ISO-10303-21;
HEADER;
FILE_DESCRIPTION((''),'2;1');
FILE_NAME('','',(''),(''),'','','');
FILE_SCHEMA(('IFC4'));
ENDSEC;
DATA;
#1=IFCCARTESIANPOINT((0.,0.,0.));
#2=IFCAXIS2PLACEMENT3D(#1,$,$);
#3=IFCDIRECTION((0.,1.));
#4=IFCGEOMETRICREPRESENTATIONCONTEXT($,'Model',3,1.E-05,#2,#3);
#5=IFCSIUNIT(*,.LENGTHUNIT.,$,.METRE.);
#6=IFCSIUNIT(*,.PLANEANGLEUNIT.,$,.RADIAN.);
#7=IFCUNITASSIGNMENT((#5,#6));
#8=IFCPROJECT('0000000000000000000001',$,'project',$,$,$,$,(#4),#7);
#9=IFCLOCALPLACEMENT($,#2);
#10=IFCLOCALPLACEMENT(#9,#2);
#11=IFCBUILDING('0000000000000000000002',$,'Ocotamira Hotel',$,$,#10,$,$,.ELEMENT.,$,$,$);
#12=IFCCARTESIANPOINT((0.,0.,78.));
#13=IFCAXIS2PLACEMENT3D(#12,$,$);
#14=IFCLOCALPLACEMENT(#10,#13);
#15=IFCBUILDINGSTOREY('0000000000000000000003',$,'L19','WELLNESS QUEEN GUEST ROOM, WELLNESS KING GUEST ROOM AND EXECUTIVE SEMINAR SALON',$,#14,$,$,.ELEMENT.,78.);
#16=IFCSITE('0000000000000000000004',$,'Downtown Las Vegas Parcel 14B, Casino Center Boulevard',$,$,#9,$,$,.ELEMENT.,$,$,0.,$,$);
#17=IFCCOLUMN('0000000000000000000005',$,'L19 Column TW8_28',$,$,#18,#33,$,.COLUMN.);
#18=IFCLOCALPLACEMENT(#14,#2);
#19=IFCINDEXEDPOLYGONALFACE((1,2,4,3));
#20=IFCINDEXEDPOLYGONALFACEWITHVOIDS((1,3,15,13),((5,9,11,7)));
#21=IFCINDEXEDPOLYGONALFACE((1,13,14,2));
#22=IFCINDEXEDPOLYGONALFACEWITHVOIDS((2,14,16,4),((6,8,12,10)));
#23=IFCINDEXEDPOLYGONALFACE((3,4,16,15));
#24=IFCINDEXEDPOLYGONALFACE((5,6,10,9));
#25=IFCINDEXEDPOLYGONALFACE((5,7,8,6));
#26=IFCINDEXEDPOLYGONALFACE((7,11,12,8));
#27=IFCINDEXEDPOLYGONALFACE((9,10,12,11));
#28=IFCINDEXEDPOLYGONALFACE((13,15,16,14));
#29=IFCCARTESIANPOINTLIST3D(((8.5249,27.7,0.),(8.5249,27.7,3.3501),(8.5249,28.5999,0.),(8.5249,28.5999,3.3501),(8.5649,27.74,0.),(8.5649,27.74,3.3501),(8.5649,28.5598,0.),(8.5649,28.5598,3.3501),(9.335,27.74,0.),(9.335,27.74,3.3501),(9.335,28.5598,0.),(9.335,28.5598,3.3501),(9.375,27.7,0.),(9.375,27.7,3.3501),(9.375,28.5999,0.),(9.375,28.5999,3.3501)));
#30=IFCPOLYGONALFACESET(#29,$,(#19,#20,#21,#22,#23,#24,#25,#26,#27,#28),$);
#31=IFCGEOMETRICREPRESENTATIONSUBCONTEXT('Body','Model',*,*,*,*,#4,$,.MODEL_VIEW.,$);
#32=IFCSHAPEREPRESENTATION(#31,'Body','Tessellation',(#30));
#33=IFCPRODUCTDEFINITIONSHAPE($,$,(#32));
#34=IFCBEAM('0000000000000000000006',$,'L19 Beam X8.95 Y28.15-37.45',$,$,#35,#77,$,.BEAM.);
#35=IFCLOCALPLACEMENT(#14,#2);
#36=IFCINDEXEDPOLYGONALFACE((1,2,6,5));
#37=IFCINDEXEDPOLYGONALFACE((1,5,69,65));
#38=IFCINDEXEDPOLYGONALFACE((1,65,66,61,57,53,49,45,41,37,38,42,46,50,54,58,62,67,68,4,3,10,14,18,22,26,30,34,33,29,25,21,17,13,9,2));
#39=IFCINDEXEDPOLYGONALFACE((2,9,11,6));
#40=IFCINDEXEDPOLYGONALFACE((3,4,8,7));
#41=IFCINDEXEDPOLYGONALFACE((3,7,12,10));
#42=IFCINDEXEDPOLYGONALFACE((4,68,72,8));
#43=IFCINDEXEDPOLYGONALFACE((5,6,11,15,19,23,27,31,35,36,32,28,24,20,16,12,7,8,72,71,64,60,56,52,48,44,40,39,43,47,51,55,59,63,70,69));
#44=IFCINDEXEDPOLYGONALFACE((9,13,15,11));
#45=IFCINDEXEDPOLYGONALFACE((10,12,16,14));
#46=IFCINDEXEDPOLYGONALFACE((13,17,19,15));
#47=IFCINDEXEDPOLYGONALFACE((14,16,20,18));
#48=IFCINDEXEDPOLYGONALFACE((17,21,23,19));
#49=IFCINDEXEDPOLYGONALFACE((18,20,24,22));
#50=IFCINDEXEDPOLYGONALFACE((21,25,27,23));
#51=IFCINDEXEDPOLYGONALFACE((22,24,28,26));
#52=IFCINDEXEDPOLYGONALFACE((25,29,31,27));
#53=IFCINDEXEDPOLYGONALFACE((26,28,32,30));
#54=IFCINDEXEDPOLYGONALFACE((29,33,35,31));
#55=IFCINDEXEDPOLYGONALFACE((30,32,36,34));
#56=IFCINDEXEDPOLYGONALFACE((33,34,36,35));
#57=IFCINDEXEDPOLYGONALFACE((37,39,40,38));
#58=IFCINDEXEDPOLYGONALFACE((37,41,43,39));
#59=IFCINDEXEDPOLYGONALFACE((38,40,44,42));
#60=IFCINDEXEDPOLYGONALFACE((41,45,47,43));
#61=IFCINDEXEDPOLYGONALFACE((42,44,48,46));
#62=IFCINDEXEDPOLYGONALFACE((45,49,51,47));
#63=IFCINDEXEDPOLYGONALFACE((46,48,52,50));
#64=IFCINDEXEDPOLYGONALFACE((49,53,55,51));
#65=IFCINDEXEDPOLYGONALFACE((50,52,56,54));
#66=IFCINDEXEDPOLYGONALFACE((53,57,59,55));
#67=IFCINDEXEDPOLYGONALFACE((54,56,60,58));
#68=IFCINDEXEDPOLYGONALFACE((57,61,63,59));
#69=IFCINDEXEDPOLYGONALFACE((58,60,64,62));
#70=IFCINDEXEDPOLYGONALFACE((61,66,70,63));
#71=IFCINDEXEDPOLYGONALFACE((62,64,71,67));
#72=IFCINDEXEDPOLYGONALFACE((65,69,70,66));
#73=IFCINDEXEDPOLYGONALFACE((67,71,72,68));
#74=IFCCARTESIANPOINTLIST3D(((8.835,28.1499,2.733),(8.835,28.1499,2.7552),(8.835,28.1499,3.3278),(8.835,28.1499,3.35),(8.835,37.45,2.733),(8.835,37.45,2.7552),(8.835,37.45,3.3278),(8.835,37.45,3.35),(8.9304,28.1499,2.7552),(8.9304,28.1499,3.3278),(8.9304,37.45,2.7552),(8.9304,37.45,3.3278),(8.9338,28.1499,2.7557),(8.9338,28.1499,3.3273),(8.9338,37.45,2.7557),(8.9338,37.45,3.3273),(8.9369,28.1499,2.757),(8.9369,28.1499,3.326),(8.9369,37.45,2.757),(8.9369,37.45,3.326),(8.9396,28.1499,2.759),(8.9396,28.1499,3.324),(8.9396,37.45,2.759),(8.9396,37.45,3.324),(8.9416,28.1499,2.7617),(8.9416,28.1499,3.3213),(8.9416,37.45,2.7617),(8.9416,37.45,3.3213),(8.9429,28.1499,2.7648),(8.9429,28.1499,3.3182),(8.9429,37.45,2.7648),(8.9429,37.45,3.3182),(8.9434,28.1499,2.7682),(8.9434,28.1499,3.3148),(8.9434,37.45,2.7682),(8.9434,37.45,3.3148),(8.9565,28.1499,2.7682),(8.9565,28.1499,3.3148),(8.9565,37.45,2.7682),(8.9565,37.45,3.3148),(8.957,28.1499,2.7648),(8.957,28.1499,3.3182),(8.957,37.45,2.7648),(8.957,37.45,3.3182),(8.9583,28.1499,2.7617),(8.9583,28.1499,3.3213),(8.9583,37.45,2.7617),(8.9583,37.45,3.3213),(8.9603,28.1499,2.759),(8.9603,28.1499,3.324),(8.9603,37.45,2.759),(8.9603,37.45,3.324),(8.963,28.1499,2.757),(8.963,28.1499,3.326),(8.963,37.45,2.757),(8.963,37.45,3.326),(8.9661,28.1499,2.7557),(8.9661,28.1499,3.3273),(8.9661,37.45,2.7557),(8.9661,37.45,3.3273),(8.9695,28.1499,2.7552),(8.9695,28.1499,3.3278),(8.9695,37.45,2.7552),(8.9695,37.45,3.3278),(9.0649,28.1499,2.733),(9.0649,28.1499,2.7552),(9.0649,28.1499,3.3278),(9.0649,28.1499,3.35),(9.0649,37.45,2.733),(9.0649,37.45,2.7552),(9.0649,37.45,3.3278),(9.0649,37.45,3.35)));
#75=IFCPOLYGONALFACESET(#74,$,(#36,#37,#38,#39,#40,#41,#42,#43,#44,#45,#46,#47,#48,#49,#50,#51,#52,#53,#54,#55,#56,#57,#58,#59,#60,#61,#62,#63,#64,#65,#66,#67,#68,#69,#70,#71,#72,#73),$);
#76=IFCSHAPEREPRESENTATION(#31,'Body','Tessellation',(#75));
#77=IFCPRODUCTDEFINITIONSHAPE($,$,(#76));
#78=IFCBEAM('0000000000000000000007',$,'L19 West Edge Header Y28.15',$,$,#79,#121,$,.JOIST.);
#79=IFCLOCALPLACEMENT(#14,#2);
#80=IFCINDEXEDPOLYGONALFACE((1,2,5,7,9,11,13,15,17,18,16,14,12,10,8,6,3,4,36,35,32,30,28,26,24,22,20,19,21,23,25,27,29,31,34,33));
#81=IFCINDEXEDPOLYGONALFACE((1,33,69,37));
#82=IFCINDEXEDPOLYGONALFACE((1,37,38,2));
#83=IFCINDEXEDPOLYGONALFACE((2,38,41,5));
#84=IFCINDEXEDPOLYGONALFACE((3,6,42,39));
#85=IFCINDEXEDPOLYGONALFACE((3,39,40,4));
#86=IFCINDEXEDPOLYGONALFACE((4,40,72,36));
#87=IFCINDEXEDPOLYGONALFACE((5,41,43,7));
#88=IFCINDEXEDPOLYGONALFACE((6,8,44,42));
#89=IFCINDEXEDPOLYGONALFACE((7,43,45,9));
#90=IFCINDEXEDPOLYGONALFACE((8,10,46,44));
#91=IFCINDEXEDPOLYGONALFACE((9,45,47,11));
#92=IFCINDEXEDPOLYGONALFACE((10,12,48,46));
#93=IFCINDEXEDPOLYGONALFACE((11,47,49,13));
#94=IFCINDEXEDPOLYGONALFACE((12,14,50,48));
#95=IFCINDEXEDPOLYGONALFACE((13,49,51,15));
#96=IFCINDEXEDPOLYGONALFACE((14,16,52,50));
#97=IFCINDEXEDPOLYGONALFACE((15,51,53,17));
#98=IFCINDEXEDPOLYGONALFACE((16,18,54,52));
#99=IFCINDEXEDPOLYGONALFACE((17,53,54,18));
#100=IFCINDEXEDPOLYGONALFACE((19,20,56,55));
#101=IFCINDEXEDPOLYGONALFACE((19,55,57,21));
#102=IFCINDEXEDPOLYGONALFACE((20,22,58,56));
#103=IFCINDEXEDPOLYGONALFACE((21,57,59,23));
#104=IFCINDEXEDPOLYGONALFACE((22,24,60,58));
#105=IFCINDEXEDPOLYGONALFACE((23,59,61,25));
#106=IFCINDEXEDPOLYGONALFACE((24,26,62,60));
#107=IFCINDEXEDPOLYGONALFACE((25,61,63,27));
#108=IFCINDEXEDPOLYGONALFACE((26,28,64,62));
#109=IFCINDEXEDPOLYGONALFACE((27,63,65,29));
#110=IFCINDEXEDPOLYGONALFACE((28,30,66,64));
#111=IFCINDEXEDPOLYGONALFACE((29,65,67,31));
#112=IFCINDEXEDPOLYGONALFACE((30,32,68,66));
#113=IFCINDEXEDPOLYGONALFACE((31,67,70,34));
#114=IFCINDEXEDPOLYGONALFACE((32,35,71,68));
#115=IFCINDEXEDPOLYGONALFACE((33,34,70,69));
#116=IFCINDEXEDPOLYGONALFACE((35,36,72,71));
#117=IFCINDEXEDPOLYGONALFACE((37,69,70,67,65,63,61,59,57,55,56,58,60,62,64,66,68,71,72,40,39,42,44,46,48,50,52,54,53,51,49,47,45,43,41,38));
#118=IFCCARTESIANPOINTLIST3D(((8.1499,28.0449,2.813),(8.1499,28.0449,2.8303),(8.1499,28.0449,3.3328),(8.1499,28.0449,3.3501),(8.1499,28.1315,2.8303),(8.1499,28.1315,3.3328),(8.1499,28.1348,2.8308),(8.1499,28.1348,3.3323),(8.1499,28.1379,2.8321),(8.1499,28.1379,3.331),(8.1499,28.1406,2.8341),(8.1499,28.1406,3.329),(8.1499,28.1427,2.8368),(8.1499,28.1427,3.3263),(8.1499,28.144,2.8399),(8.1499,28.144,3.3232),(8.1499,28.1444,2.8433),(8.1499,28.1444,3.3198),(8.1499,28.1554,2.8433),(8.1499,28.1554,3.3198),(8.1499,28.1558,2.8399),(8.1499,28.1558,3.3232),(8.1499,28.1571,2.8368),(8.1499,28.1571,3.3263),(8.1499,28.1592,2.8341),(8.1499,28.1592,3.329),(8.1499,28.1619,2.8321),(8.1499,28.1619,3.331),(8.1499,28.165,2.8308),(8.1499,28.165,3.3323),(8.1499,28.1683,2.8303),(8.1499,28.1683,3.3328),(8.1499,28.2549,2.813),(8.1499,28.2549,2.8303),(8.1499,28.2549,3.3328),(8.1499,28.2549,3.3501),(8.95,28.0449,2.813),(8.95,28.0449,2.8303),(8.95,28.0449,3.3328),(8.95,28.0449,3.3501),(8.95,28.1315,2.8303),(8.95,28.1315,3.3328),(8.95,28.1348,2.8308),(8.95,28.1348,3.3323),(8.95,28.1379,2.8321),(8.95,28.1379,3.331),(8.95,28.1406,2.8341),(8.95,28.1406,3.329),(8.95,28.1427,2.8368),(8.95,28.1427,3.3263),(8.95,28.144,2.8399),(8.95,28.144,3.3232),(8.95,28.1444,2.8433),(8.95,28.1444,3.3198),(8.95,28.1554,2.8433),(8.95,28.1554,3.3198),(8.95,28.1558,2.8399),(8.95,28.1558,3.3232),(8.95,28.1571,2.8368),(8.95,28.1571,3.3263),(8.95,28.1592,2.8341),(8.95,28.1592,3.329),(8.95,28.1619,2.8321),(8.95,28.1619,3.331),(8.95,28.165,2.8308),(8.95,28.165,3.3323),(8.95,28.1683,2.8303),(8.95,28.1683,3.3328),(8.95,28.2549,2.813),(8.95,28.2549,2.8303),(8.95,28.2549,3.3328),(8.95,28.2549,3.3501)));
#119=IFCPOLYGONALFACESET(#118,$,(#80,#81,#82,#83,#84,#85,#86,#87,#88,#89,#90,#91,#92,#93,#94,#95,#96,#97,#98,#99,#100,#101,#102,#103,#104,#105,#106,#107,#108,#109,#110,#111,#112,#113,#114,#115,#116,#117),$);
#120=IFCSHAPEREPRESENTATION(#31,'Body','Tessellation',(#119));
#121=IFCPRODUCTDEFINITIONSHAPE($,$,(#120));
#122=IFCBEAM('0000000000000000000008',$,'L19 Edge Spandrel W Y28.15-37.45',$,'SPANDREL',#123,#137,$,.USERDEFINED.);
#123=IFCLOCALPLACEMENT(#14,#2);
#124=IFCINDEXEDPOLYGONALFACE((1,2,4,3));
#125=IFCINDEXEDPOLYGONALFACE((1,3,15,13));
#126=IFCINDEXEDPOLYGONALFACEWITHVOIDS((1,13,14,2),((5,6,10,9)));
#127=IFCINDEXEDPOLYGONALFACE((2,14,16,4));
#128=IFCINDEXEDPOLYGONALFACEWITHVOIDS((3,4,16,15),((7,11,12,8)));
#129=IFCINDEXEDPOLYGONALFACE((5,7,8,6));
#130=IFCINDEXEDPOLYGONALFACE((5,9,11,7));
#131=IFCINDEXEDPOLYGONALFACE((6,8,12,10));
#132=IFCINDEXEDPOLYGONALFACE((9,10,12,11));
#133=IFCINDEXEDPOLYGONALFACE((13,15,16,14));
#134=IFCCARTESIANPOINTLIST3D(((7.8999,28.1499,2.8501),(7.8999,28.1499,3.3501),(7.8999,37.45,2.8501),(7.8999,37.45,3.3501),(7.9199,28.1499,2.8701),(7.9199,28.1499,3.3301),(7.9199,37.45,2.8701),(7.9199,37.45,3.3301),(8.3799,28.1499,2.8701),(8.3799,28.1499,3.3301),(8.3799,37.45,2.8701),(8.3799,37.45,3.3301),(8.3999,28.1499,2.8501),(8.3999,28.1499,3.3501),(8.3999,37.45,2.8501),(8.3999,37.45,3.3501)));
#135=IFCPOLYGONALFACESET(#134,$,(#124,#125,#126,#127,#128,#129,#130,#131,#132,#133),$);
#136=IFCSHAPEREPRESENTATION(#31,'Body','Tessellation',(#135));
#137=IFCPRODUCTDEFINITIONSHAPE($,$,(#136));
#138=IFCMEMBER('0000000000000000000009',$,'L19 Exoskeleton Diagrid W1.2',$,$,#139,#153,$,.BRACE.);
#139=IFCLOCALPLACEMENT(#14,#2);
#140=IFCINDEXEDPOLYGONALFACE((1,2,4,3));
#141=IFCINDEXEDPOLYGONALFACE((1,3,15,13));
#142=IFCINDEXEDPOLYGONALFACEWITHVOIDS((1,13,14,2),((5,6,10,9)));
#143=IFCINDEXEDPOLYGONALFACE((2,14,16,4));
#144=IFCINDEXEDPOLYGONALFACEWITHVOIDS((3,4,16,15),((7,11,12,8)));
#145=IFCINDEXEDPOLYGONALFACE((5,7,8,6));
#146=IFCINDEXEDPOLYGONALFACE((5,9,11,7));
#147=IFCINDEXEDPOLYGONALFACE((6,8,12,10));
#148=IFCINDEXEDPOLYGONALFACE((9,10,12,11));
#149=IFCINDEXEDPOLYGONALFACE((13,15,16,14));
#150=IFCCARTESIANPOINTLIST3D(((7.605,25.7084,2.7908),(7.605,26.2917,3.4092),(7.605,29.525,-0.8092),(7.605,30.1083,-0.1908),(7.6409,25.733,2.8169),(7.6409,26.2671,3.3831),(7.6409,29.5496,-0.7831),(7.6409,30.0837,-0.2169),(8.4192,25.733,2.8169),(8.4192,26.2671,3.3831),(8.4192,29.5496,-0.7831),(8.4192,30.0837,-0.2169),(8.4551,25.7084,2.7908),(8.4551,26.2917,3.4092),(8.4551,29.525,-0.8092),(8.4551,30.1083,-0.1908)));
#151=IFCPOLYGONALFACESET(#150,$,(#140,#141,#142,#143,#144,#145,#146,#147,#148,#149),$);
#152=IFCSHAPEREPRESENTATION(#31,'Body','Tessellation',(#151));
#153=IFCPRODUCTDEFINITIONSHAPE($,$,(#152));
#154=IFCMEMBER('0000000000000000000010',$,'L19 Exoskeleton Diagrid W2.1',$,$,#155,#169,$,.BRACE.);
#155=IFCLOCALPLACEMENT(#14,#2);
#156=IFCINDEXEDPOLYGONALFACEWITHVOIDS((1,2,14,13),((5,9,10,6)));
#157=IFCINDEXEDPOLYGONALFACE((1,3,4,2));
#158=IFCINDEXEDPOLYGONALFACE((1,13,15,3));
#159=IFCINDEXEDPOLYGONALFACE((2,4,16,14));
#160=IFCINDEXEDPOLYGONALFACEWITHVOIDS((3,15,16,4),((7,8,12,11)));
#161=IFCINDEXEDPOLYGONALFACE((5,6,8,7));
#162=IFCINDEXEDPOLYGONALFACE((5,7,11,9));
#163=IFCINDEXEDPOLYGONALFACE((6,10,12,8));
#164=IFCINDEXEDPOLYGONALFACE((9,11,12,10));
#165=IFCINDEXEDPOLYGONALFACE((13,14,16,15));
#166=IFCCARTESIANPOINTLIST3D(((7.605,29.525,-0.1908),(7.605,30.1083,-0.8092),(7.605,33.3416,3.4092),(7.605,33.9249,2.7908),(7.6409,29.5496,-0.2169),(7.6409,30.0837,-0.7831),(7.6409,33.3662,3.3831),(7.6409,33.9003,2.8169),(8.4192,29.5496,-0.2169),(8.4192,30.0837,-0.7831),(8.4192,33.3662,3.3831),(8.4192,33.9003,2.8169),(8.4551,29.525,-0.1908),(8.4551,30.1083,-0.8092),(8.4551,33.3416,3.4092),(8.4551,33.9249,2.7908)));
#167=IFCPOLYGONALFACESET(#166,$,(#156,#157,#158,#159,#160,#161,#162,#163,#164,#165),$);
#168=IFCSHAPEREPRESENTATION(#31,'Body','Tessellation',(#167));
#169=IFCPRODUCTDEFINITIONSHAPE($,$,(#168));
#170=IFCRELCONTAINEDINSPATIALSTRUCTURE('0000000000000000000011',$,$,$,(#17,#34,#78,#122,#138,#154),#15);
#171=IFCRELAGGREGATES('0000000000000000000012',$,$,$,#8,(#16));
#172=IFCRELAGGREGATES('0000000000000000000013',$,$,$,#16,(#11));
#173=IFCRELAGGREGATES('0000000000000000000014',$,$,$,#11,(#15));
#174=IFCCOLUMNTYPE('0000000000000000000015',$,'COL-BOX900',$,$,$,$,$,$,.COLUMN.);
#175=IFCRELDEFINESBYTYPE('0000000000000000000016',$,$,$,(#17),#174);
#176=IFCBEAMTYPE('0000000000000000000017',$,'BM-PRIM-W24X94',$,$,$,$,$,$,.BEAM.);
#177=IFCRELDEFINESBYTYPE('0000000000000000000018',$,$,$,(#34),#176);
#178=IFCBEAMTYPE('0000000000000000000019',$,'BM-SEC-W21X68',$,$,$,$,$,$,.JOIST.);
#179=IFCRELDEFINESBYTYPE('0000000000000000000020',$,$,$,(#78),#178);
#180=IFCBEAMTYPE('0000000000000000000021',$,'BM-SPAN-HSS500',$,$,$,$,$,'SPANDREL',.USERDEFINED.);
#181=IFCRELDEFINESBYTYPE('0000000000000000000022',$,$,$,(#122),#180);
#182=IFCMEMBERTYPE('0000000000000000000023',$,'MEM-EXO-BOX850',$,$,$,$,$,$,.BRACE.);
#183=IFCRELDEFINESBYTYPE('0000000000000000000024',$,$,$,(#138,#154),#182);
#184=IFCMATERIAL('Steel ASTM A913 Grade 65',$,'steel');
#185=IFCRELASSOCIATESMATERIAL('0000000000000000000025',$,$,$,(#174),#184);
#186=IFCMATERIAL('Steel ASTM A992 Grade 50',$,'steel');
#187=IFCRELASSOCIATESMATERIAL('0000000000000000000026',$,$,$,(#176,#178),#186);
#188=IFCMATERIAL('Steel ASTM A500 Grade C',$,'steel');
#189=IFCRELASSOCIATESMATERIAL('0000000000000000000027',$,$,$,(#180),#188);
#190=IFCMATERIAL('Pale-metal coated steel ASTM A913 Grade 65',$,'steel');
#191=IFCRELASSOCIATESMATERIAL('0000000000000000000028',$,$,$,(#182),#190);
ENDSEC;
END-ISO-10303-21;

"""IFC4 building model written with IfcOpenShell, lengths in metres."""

from ifc_helpers import new_model, si_unit, direction, frame, origin, origin_2d, place, context, subcontext, project, spatial, hollow_rectangle, i_section, extrude, source, transform, mapped, material, material_profile, profile_set, type_object, element, save


model = new_model("IFC4")

# Units and contexts
model_context = context("Model", 3, precision=1e-05, world=origin(), true_north=direction((0.0, 1.0)))
body_context = subcontext(model_context, "Body", "Model", "MODEL_VIEW")
ifc_project = project(units=[si_unit("LENGTHUNIT", "METRE"), si_unit("PLANEANGLEUNIT", "RADIAN")], contexts=[model_context])

# Site, building, storey
site_placement = place(None, origin())
site = spatial("IfcSite", under=ifc_project, at=site_placement, Name="Downtown Las Vegas Parcel 14B, Casino Center Boulevard", CompositionType="ELEMENT", RefElevation=0.0)
building_placement = place(site_placement, origin())
building = spatial("IfcBuilding", under=site, at=building_placement, Name="Ocotamira Hotel", CompositionType="ELEMENT")
storey_placement = place(building_placement, frame((0.0, 0.0, 78.0)))
storey = spatial("IfcBuildingStorey", under=building, at=storey_placement, Name="L19", Description="WELLNESS QUEEN GUEST ROOM, WELLNESS KING GUEST ROOM AND EXECUTIVE SEMINAR SALON", CompositionType="ELEMENT", Elevation=78.0)

# Column
ifc_material_1 = material(Name="Steel ASTM A913 Grade 65", Category="steel")
ifc_material_profile_1 = material_profile(ifc_material_1, hollow_rectangle(XDim=0.8501, YDim=0.8999, WallThickness=0.04, at=origin_2d()), Name="BOX900X850X40")
ifc_profile_set_1 = profile_set([ifc_material_profile_1], Name="Steel ASTM A913 Grade 65")
column_type = type_object("IfcColumnType", Name="COL-BOX900", PredefinedType="COLUMN", material=ifc_profile_set_1)
shared_shape_1 = source(origin(), body_context, "Body", "SweptSolid", [
    extrude(hollow_rectangle(XDim=0.8501, YDim=0.8999, WallThickness=0.04, at=origin_2d()), origin(), (0.0, 0.0, 1.0), 3.3501),
])
column_placement = place(storey_placement, frame((8.95, 28.1499, 0.0), z_axis=(0.0, 0.0, 1.0), x_axis=(1.0, 0.0, 0.0)))
element("IfcColumn", 1, at=column_placement, inside=storey, type_object=column_type, Name="L19 Column TW8_28", PredefinedType="COLUMN", context=body_context, shape_type="MappedRepresentation", body=[
    mapped(shared_shape_1, transform((0.0, 0.0, 0.0), scale=1.0)),
])

# Beams
ifc_material_2 = material(Name="Steel ASTM A992 Grade 50", Category="steel")
ifc_material_profile_2 = material_profile(ifc_material_2, i_section(OverallWidth=0.23, OverallDepth=0.6169, WebThickness=0.0132, FlangeThickness=0.0222, FilletRadius=0.0129, at=origin_2d()), Name="W24X94")
ifc_profile_set_2 = profile_set([ifc_material_profile_2], Name="Steel ASTM A992 Grade 50")
beam_type_1 = type_object("IfcBeamType", Name="BM-PRIM-W24X94", PredefinedType="BEAM", material=ifc_profile_set_2)
shared_shape_2 = source(origin(), body_context, "Body", "SweptSolid", [
    extrude(i_section(OverallWidth=0.23, OverallDepth=0.6169, WebThickness=0.0132, FlangeThickness=0.0222, FilletRadius=0.0129, at=origin_2d()), origin(), (0.0, 0.0, 1.0), 9.3),
])
beam_1_placement = place(storey_placement, frame((8.95, 28.1499, 3.0415), z_axis=(0.0, 1.0, 0.0), x_axis=(-1.0, 0.0, 0.0)))
element("IfcBeam", 2, at=beam_1_placement, inside=storey, type_object=beam_type_1, Name="L19 Beam X8.95 Y28.15-37.45", PredefinedType="BEAM", context=body_context, shape_type="MappedRepresentation", body=[
    mapped(shared_shape_2, transform((0.0, 0.0, 0.0), scale=1.0)),
])
ifc_material_profile_3 = material_profile(ifc_material_2, i_section(OverallWidth=0.21, OverallDepth=0.5371, WebThickness=0.011, FlangeThickness=0.0173, FilletRadius=0.0129, at=origin_2d()), Name="W21X68")
ifc_profile_set_3 = profile_set([ifc_material_profile_3], Name="Steel ASTM A992 Grade 50")
beam_type_2 = type_object("IfcBeamType", Name="BM-SEC-W21X68", PredefinedType="JOIST", material=ifc_profile_set_3)
shared_shape_3 = source(origin(), body_context, "Body", "SweptSolid", [
    extrude(i_section(OverallWidth=0.21, OverallDepth=0.5371, WebThickness=0.011, FlangeThickness=0.0173, FilletRadius=0.0129, at=origin_2d()), origin(), (0.0, 0.0, 1.0), 0.8),
])
beam_2_placement = place(storey_placement, frame((8.95, 28.1499, 3.0815), z_axis=(-1.0, 0.0, 0.0), x_axis=(0.0, -1.0, 0.0)))
element("IfcBeam", 3, at=beam_2_placement, inside=storey, type_object=beam_type_2, Name="L19 West Edge Header Y28.15", PredefinedType="JOIST", context=body_context, shape_type="MappedRepresentation", body=[
    mapped(shared_shape_3, transform((0.0, 0.0, 0.0), scale=1.0)),
])
ifc_material_3 = material(Name="Steel ASTM A500 Grade C", Category="steel")
ifc_material_profile_4 = material_profile(ifc_material_3, hollow_rectangle(XDim=0.5, YDim=0.5, WallThickness=0.02, at=origin_2d()), Name="HSS500X500X20")
ifc_profile_set_4 = profile_set([ifc_material_profile_4], Name="Steel ASTM A500 Grade C")
beam_type_3 = type_object("IfcBeamType", Name="BM-SPAN-HSS500", ElementType="SPANDREL", PredefinedType="USERDEFINED", material=ifc_profile_set_4)
shared_shape_4 = source(origin(), body_context, "Body", "SweptSolid", [
    extrude(hollow_rectangle(XDim=0.5, YDim=0.5, WallThickness=0.02, at=origin_2d()), origin(), (0.0, 0.0, 1.0), 9.3),
])
beam_3_placement = place(storey_placement, frame((8.1499, 28.1499, 3.1001), z_axis=(0.0, 1.0, 0.0), x_axis=(-1.0, 0.0, 0.0)))
element("IfcBeam", 4, at=beam_3_placement, inside=storey, type_object=beam_type_3, Name="L19 Edge Spandrel W Y28.15-37.45", ObjectType="SPANDREL", PredefinedType="USERDEFINED", context=body_context, shape_type="MappedRepresentation", body=[
    mapped(shared_shape_4, transform((0.0, 0.0, 0.0), scale=1.0)),
])

# Members
ifc_material_4 = material(Name="Pale-metal coated steel ASTM A913 Grade 65", Category="steel")
ifc_material_profile_5 = material_profile(ifc_material_4, hollow_rectangle(XDim=0.8501, YDim=0.8501, WallThickness=0.0359, at=origin_2d()), Name="BOX850X850X36")
ifc_profile_set_5 = profile_set([ifc_material_profile_5], Name="Pale-metal coated steel ASTM A913 Grade 65")
member_type_1 = type_object("IfcMemberType", Name="MEM-EXO-BOX850", PredefinedType="BRACE", material=ifc_profile_set_5)
shared_shape_5 = source(origin(), body_context, "Body", "SweptSolid", [
    extrude(hollow_rectangle(XDim=0.8501, YDim=0.8501, WallThickness=0.0359, at=origin_2d()), origin(), (0.0, 0.0, 1.0), 5.2466),
])
for number, where, z_axis, x_axis, name in (
    (5, (8.03, 29.8167, -0.5), (0.0, -0.727443, 0.686168), (1.0, 0.0, 0.0), "L19 Exoskeleton Diagrid W1.2"),
    (6, (8.03, 29.8167, -0.5), (0.0, 0.727443, 0.686168), (-1.0, 0.0, 0.0), "L19 Exoskeleton Diagrid W2.1"),
):
    element("IfcMember", number, at=place(storey_placement, frame(where, z_axis=z_axis, x_axis=x_axis)), inside=storey, type_object=member_type_1, Name=name, PredefinedType="BRACE", context=body_context, shape_type="MappedRepresentation", body=[
        mapped(shared_shape_5, transform((0.0, 0.0, 0.0), scale=1.0)),
    ])

save(model, "model.ifc")
